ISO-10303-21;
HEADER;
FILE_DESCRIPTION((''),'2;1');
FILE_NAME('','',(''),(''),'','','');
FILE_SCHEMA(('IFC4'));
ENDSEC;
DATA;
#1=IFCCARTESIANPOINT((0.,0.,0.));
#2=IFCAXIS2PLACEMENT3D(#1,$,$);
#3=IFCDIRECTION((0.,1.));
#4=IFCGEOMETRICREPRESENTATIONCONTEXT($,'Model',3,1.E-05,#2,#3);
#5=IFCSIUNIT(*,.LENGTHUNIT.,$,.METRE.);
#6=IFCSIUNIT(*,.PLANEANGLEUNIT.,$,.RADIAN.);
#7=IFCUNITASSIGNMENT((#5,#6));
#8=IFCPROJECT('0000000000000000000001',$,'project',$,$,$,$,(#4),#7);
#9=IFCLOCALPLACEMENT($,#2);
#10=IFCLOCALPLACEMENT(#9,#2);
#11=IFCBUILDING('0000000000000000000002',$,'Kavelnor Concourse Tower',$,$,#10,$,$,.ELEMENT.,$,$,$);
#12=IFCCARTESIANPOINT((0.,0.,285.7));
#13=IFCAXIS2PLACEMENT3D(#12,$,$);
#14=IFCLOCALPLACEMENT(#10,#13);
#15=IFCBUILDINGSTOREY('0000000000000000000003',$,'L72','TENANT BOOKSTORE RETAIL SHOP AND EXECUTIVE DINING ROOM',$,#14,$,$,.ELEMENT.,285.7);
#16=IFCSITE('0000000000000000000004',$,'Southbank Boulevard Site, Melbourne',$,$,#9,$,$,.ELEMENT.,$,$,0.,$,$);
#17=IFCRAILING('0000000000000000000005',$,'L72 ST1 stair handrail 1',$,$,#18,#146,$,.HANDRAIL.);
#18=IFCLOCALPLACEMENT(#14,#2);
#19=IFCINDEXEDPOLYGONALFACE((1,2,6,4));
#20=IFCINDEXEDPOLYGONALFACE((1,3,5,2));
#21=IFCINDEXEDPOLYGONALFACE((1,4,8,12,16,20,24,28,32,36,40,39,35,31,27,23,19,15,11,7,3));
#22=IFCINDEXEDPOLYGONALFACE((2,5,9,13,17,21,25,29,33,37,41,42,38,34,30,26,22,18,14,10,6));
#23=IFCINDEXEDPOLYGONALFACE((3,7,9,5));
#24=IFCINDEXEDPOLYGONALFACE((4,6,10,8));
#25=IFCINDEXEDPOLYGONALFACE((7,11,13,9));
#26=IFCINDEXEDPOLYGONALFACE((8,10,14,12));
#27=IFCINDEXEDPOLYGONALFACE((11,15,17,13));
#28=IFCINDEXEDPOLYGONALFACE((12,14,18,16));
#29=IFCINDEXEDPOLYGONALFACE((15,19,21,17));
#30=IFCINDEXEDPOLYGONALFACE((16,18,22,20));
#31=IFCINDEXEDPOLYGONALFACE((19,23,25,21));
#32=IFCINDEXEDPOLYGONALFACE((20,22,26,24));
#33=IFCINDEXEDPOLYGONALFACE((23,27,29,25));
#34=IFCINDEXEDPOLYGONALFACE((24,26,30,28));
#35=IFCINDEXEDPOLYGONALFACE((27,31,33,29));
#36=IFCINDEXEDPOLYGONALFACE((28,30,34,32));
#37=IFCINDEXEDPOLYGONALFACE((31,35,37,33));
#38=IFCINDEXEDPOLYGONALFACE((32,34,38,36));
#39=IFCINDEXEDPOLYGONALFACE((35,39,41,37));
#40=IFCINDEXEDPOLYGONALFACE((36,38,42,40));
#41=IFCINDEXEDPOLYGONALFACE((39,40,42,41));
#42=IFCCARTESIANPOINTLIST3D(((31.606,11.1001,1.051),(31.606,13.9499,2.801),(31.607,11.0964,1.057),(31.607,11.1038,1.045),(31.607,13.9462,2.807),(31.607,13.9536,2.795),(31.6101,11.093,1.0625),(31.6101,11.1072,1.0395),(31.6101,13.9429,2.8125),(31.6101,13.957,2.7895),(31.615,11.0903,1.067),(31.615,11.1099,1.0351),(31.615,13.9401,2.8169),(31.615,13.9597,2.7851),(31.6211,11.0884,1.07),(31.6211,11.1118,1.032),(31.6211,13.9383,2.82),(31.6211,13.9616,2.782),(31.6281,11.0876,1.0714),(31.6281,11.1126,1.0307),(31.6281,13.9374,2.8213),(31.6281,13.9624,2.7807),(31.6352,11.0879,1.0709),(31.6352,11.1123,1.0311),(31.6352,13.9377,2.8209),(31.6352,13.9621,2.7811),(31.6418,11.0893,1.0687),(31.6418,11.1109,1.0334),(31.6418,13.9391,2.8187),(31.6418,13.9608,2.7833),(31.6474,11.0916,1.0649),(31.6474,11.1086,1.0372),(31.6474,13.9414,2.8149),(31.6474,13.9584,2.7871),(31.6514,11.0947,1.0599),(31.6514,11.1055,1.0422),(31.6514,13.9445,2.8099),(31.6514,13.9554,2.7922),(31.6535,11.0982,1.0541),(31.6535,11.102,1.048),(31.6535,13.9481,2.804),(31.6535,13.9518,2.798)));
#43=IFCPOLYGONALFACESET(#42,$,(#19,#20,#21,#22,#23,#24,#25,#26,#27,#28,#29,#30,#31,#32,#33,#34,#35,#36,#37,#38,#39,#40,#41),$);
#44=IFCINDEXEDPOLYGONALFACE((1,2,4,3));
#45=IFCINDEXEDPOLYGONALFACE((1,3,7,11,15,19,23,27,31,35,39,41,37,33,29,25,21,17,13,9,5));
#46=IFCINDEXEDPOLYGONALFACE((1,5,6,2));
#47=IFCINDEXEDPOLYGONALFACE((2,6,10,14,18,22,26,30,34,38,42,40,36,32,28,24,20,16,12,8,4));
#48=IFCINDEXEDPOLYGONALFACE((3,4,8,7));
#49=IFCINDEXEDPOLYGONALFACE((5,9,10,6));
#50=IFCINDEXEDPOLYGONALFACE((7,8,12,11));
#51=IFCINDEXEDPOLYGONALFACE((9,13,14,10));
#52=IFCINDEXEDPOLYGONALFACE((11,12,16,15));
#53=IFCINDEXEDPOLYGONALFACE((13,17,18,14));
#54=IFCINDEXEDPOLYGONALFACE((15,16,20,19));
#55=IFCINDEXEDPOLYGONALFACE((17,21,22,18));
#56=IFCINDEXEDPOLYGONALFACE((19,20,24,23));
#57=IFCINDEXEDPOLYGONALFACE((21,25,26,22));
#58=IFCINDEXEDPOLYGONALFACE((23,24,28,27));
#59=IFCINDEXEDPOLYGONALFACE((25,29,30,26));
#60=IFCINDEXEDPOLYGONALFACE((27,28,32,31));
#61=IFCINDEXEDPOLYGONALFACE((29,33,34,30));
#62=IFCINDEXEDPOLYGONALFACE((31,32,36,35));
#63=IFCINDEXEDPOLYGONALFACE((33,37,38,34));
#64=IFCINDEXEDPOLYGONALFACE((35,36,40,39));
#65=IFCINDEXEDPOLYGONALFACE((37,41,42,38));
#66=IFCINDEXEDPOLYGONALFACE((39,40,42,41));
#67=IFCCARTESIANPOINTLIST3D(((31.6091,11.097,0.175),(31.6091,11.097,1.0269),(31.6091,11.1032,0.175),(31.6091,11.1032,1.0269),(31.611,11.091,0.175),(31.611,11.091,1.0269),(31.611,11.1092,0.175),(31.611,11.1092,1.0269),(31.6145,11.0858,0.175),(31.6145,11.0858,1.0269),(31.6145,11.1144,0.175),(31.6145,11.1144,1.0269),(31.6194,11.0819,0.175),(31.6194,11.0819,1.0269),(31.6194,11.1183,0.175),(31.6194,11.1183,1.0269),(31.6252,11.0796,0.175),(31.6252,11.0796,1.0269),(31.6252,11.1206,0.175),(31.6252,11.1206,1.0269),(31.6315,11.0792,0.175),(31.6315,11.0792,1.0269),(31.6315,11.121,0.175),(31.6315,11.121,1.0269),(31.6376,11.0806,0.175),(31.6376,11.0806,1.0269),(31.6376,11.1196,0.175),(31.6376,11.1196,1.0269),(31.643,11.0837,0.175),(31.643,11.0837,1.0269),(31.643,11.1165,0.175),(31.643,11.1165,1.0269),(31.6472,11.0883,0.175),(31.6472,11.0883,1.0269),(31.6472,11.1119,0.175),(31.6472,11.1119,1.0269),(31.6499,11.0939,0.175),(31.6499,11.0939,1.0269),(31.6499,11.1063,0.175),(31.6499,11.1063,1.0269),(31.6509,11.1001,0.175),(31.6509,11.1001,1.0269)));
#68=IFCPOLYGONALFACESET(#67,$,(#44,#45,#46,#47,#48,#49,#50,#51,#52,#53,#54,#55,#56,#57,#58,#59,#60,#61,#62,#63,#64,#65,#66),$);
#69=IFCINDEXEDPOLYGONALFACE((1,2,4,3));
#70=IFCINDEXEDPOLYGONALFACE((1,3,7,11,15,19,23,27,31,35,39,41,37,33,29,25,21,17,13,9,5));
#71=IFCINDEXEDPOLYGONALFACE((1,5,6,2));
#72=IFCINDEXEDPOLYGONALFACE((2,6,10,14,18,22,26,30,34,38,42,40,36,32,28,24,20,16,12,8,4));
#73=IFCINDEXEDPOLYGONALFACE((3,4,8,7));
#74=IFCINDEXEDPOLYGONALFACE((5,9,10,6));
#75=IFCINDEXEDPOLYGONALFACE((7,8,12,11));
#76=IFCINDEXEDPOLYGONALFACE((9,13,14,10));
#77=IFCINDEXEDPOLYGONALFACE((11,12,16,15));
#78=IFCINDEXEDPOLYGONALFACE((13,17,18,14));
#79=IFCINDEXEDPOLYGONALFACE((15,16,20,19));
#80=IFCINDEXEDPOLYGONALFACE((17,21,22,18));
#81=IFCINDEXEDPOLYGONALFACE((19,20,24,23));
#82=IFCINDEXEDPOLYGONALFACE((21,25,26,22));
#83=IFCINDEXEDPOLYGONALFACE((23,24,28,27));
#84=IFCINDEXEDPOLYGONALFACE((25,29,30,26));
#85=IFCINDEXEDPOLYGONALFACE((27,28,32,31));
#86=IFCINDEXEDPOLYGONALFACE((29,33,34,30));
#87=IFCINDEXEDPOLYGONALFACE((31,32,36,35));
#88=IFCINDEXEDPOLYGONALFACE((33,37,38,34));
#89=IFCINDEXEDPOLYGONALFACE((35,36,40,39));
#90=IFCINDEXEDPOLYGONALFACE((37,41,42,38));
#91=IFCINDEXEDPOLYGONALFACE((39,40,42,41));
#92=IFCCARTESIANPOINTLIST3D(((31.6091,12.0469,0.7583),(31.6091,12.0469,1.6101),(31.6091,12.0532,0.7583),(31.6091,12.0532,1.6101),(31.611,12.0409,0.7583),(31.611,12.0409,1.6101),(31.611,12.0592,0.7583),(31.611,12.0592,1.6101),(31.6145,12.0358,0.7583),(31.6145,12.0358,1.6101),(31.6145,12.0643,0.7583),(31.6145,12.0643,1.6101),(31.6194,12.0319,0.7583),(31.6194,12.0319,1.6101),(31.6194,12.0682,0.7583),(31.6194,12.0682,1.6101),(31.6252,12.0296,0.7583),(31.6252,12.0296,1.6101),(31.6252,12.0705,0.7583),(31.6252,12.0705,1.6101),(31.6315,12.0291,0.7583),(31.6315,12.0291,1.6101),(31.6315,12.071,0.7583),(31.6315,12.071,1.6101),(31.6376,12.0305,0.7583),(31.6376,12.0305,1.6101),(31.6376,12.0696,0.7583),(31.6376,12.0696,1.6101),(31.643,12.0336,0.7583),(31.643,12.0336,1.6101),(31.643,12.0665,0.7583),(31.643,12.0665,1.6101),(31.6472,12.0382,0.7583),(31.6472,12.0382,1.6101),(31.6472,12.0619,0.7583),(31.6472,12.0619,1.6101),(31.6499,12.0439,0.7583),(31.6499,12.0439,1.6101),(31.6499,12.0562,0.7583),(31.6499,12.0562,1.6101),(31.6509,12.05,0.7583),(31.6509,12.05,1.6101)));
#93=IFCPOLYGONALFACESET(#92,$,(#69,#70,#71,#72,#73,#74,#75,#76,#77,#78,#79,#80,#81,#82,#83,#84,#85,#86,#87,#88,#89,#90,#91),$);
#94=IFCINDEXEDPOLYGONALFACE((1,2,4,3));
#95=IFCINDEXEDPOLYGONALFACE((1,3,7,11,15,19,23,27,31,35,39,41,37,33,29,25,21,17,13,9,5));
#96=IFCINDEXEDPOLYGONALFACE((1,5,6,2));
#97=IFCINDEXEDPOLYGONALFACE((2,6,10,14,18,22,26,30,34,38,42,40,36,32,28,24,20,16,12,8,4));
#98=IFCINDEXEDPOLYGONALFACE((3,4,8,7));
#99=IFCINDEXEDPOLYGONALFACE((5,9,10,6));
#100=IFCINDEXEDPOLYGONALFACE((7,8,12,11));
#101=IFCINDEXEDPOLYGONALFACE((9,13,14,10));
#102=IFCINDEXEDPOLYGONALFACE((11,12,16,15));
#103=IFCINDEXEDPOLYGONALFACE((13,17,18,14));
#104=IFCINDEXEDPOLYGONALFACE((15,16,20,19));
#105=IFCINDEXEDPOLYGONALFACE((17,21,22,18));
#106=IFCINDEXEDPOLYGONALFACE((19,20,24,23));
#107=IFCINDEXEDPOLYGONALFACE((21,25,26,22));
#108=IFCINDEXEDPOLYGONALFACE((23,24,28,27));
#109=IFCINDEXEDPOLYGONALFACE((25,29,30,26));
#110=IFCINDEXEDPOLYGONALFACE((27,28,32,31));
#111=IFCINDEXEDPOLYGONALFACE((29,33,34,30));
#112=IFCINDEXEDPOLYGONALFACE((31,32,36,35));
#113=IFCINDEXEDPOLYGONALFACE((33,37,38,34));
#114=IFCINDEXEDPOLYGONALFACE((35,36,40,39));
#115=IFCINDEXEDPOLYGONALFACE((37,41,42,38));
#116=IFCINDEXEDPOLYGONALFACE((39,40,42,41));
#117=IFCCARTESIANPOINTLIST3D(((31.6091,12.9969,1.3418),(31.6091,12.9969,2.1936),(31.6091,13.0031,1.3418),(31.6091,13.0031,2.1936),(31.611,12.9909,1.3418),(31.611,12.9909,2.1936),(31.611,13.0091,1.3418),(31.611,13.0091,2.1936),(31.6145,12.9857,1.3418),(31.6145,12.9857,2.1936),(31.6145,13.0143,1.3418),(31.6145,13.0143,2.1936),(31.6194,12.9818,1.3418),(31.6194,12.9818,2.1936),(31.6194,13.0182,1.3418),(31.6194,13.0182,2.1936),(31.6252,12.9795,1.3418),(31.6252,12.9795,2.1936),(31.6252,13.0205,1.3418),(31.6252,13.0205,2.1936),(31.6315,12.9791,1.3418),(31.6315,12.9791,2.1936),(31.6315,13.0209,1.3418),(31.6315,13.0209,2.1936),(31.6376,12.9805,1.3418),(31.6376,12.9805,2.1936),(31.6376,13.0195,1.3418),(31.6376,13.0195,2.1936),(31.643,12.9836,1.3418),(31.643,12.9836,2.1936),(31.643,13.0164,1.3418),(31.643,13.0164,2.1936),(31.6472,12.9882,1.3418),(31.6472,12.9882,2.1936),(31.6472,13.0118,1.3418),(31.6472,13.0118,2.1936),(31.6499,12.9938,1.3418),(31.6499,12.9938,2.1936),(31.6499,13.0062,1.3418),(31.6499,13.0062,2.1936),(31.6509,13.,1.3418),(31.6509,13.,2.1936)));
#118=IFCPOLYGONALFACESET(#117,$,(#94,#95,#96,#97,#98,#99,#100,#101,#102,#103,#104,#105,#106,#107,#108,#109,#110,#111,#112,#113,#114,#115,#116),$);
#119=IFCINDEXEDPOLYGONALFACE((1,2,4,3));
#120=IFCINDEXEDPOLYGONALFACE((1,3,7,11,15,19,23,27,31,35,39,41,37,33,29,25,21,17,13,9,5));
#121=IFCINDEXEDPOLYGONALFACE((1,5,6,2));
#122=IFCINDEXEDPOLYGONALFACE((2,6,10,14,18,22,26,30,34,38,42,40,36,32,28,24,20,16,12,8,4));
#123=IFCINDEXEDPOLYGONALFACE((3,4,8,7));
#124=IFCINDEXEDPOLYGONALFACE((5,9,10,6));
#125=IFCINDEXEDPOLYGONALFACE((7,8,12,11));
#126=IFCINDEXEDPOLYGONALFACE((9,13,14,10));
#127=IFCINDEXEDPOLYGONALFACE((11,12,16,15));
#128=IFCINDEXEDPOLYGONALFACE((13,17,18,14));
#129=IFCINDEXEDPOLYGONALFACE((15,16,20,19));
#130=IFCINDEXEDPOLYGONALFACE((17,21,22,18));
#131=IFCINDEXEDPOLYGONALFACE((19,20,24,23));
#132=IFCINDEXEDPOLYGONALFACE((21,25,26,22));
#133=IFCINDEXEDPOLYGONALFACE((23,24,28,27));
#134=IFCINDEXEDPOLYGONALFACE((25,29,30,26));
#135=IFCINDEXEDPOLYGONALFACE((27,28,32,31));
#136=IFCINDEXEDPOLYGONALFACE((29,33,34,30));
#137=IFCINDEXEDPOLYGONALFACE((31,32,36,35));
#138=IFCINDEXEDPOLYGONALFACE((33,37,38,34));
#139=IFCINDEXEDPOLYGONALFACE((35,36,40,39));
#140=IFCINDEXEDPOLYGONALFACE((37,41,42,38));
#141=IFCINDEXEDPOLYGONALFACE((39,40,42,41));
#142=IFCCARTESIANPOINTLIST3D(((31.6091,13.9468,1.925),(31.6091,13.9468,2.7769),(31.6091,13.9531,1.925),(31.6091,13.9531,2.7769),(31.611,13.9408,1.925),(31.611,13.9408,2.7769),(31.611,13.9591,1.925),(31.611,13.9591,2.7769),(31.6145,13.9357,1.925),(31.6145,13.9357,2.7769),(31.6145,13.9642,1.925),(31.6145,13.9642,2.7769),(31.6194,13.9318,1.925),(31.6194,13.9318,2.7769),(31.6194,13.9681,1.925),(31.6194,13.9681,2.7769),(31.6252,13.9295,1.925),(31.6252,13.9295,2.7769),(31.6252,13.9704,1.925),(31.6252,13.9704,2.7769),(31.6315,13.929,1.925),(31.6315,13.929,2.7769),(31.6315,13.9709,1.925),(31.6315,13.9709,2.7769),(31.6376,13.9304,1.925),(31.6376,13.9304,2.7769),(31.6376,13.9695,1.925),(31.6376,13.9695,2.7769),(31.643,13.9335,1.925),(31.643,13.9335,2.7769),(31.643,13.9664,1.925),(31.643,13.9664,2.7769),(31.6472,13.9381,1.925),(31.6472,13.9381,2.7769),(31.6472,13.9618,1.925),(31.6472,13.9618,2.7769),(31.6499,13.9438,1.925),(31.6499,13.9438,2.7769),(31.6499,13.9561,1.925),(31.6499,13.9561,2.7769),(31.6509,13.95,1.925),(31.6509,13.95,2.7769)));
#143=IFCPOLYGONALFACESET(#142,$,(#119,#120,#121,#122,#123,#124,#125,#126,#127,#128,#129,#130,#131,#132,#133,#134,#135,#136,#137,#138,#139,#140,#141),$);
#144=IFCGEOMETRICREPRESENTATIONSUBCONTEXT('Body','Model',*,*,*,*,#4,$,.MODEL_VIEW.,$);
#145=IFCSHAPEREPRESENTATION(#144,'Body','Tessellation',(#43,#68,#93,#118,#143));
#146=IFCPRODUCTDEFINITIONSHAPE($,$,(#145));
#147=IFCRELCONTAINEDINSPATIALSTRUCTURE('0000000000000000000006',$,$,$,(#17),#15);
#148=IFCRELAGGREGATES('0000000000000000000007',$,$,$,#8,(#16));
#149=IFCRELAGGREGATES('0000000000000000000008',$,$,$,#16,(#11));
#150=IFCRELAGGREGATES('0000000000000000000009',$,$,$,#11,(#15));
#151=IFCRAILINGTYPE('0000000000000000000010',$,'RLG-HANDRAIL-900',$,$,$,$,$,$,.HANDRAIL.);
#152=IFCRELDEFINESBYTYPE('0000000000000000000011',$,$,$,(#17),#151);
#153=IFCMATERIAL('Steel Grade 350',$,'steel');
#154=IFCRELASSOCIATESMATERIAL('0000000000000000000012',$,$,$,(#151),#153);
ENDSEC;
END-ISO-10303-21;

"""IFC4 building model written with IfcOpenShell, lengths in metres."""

from ifc_helpers import new_model, si_unit, direction, frame, origin, origin_2d, place, context, subcontext, project, spatial, circle, extrude, material, type_object, element, save


model = new_model("IFC4")

# Units and contexts
model_context = context("Model", 3, precision=1e-05, world=origin(), true_north=direction((0.0, 1.0)))
body_context = subcontext(model_context, "Body", "Model", "MODEL_VIEW")
ifc_project = project(units=[si_unit("LENGTHUNIT", "METRE"), si_unit("PLANEANGLEUNIT", "RADIAN")], contexts=[model_context])

# Site, building, storey
site_placement = place(None, origin())
site = spatial("IfcSite", under=ifc_project, at=site_placement, Name="Southbank Boulevard Site, Melbourne", CompositionType="ELEMENT", RefElevation=0.0)
building_placement = place(site_placement, origin())
building = spatial("IfcBuilding", under=site, at=building_placement, Name="Kavelnor Concourse Tower", CompositionType="ELEMENT")
storey_placement = place(building_placement, frame((0.0, 0.0, 285.7)))
storey = spatial("IfcBuildingStorey", under=building, at=storey_placement, Name="L72", Description="TENANT BOOKSTORE RETAIL SHOP AND EXECUTIVE DINING ROOM", CompositionType="ELEMENT", Elevation=285.7)

# Shared definitions
ifc_material_1 = material(Name="Steel Grade 350", Category="steel")

# Railing
railing_type_1 = type_object("IfcRailingType", Name="RLG-HANDRAIL-900", PredefinedType="HANDRAIL", material=ifc_material_1)
railing_1_placement = place(storey_placement, frame((31.6299, 11.1001, 0.175)))
element("IfcRailing", 1, at=railing_1_placement, inside=storey, type_object=railing_type_1, Name="L72 ST1 stair handrail 1", PredefinedType="HANDRAIL", context=body_context, shape_type="SweptSolid", body=[
    extrude(circle(Radius=0.0239, at=origin_2d()), frame((0.0, 0.0, 0.876), z_axis=(0.0, 0.852159, 0.523283), x_axis=(-1.0, 0.0, 0.0)), (0.0, 0.0, 1.0), 3.3442),
    extrude(circle(Radius=0.021, at=origin_2d()), origin(), (0.0, 0.0, 1.0), 0.8518),
    extrude(circle(Radius=0.021, at=origin_2d()), frame((0.0, 0.95, 0.5833)), (0.0, 0.0, 1.0), 0.8518),
    extrude(circle(Radius=0.021, at=origin_2d()), frame((0.0, 1.8999, 1.1667)), (0.0, 0.0, 1.0), 0.8518),
    extrude(circle(Radius=0.021, at=origin_2d()), frame((0.0, 2.8499, 1.75)), (0.0, 0.0, 1.0), 0.8518),
])

save(model, "model.ifc")
